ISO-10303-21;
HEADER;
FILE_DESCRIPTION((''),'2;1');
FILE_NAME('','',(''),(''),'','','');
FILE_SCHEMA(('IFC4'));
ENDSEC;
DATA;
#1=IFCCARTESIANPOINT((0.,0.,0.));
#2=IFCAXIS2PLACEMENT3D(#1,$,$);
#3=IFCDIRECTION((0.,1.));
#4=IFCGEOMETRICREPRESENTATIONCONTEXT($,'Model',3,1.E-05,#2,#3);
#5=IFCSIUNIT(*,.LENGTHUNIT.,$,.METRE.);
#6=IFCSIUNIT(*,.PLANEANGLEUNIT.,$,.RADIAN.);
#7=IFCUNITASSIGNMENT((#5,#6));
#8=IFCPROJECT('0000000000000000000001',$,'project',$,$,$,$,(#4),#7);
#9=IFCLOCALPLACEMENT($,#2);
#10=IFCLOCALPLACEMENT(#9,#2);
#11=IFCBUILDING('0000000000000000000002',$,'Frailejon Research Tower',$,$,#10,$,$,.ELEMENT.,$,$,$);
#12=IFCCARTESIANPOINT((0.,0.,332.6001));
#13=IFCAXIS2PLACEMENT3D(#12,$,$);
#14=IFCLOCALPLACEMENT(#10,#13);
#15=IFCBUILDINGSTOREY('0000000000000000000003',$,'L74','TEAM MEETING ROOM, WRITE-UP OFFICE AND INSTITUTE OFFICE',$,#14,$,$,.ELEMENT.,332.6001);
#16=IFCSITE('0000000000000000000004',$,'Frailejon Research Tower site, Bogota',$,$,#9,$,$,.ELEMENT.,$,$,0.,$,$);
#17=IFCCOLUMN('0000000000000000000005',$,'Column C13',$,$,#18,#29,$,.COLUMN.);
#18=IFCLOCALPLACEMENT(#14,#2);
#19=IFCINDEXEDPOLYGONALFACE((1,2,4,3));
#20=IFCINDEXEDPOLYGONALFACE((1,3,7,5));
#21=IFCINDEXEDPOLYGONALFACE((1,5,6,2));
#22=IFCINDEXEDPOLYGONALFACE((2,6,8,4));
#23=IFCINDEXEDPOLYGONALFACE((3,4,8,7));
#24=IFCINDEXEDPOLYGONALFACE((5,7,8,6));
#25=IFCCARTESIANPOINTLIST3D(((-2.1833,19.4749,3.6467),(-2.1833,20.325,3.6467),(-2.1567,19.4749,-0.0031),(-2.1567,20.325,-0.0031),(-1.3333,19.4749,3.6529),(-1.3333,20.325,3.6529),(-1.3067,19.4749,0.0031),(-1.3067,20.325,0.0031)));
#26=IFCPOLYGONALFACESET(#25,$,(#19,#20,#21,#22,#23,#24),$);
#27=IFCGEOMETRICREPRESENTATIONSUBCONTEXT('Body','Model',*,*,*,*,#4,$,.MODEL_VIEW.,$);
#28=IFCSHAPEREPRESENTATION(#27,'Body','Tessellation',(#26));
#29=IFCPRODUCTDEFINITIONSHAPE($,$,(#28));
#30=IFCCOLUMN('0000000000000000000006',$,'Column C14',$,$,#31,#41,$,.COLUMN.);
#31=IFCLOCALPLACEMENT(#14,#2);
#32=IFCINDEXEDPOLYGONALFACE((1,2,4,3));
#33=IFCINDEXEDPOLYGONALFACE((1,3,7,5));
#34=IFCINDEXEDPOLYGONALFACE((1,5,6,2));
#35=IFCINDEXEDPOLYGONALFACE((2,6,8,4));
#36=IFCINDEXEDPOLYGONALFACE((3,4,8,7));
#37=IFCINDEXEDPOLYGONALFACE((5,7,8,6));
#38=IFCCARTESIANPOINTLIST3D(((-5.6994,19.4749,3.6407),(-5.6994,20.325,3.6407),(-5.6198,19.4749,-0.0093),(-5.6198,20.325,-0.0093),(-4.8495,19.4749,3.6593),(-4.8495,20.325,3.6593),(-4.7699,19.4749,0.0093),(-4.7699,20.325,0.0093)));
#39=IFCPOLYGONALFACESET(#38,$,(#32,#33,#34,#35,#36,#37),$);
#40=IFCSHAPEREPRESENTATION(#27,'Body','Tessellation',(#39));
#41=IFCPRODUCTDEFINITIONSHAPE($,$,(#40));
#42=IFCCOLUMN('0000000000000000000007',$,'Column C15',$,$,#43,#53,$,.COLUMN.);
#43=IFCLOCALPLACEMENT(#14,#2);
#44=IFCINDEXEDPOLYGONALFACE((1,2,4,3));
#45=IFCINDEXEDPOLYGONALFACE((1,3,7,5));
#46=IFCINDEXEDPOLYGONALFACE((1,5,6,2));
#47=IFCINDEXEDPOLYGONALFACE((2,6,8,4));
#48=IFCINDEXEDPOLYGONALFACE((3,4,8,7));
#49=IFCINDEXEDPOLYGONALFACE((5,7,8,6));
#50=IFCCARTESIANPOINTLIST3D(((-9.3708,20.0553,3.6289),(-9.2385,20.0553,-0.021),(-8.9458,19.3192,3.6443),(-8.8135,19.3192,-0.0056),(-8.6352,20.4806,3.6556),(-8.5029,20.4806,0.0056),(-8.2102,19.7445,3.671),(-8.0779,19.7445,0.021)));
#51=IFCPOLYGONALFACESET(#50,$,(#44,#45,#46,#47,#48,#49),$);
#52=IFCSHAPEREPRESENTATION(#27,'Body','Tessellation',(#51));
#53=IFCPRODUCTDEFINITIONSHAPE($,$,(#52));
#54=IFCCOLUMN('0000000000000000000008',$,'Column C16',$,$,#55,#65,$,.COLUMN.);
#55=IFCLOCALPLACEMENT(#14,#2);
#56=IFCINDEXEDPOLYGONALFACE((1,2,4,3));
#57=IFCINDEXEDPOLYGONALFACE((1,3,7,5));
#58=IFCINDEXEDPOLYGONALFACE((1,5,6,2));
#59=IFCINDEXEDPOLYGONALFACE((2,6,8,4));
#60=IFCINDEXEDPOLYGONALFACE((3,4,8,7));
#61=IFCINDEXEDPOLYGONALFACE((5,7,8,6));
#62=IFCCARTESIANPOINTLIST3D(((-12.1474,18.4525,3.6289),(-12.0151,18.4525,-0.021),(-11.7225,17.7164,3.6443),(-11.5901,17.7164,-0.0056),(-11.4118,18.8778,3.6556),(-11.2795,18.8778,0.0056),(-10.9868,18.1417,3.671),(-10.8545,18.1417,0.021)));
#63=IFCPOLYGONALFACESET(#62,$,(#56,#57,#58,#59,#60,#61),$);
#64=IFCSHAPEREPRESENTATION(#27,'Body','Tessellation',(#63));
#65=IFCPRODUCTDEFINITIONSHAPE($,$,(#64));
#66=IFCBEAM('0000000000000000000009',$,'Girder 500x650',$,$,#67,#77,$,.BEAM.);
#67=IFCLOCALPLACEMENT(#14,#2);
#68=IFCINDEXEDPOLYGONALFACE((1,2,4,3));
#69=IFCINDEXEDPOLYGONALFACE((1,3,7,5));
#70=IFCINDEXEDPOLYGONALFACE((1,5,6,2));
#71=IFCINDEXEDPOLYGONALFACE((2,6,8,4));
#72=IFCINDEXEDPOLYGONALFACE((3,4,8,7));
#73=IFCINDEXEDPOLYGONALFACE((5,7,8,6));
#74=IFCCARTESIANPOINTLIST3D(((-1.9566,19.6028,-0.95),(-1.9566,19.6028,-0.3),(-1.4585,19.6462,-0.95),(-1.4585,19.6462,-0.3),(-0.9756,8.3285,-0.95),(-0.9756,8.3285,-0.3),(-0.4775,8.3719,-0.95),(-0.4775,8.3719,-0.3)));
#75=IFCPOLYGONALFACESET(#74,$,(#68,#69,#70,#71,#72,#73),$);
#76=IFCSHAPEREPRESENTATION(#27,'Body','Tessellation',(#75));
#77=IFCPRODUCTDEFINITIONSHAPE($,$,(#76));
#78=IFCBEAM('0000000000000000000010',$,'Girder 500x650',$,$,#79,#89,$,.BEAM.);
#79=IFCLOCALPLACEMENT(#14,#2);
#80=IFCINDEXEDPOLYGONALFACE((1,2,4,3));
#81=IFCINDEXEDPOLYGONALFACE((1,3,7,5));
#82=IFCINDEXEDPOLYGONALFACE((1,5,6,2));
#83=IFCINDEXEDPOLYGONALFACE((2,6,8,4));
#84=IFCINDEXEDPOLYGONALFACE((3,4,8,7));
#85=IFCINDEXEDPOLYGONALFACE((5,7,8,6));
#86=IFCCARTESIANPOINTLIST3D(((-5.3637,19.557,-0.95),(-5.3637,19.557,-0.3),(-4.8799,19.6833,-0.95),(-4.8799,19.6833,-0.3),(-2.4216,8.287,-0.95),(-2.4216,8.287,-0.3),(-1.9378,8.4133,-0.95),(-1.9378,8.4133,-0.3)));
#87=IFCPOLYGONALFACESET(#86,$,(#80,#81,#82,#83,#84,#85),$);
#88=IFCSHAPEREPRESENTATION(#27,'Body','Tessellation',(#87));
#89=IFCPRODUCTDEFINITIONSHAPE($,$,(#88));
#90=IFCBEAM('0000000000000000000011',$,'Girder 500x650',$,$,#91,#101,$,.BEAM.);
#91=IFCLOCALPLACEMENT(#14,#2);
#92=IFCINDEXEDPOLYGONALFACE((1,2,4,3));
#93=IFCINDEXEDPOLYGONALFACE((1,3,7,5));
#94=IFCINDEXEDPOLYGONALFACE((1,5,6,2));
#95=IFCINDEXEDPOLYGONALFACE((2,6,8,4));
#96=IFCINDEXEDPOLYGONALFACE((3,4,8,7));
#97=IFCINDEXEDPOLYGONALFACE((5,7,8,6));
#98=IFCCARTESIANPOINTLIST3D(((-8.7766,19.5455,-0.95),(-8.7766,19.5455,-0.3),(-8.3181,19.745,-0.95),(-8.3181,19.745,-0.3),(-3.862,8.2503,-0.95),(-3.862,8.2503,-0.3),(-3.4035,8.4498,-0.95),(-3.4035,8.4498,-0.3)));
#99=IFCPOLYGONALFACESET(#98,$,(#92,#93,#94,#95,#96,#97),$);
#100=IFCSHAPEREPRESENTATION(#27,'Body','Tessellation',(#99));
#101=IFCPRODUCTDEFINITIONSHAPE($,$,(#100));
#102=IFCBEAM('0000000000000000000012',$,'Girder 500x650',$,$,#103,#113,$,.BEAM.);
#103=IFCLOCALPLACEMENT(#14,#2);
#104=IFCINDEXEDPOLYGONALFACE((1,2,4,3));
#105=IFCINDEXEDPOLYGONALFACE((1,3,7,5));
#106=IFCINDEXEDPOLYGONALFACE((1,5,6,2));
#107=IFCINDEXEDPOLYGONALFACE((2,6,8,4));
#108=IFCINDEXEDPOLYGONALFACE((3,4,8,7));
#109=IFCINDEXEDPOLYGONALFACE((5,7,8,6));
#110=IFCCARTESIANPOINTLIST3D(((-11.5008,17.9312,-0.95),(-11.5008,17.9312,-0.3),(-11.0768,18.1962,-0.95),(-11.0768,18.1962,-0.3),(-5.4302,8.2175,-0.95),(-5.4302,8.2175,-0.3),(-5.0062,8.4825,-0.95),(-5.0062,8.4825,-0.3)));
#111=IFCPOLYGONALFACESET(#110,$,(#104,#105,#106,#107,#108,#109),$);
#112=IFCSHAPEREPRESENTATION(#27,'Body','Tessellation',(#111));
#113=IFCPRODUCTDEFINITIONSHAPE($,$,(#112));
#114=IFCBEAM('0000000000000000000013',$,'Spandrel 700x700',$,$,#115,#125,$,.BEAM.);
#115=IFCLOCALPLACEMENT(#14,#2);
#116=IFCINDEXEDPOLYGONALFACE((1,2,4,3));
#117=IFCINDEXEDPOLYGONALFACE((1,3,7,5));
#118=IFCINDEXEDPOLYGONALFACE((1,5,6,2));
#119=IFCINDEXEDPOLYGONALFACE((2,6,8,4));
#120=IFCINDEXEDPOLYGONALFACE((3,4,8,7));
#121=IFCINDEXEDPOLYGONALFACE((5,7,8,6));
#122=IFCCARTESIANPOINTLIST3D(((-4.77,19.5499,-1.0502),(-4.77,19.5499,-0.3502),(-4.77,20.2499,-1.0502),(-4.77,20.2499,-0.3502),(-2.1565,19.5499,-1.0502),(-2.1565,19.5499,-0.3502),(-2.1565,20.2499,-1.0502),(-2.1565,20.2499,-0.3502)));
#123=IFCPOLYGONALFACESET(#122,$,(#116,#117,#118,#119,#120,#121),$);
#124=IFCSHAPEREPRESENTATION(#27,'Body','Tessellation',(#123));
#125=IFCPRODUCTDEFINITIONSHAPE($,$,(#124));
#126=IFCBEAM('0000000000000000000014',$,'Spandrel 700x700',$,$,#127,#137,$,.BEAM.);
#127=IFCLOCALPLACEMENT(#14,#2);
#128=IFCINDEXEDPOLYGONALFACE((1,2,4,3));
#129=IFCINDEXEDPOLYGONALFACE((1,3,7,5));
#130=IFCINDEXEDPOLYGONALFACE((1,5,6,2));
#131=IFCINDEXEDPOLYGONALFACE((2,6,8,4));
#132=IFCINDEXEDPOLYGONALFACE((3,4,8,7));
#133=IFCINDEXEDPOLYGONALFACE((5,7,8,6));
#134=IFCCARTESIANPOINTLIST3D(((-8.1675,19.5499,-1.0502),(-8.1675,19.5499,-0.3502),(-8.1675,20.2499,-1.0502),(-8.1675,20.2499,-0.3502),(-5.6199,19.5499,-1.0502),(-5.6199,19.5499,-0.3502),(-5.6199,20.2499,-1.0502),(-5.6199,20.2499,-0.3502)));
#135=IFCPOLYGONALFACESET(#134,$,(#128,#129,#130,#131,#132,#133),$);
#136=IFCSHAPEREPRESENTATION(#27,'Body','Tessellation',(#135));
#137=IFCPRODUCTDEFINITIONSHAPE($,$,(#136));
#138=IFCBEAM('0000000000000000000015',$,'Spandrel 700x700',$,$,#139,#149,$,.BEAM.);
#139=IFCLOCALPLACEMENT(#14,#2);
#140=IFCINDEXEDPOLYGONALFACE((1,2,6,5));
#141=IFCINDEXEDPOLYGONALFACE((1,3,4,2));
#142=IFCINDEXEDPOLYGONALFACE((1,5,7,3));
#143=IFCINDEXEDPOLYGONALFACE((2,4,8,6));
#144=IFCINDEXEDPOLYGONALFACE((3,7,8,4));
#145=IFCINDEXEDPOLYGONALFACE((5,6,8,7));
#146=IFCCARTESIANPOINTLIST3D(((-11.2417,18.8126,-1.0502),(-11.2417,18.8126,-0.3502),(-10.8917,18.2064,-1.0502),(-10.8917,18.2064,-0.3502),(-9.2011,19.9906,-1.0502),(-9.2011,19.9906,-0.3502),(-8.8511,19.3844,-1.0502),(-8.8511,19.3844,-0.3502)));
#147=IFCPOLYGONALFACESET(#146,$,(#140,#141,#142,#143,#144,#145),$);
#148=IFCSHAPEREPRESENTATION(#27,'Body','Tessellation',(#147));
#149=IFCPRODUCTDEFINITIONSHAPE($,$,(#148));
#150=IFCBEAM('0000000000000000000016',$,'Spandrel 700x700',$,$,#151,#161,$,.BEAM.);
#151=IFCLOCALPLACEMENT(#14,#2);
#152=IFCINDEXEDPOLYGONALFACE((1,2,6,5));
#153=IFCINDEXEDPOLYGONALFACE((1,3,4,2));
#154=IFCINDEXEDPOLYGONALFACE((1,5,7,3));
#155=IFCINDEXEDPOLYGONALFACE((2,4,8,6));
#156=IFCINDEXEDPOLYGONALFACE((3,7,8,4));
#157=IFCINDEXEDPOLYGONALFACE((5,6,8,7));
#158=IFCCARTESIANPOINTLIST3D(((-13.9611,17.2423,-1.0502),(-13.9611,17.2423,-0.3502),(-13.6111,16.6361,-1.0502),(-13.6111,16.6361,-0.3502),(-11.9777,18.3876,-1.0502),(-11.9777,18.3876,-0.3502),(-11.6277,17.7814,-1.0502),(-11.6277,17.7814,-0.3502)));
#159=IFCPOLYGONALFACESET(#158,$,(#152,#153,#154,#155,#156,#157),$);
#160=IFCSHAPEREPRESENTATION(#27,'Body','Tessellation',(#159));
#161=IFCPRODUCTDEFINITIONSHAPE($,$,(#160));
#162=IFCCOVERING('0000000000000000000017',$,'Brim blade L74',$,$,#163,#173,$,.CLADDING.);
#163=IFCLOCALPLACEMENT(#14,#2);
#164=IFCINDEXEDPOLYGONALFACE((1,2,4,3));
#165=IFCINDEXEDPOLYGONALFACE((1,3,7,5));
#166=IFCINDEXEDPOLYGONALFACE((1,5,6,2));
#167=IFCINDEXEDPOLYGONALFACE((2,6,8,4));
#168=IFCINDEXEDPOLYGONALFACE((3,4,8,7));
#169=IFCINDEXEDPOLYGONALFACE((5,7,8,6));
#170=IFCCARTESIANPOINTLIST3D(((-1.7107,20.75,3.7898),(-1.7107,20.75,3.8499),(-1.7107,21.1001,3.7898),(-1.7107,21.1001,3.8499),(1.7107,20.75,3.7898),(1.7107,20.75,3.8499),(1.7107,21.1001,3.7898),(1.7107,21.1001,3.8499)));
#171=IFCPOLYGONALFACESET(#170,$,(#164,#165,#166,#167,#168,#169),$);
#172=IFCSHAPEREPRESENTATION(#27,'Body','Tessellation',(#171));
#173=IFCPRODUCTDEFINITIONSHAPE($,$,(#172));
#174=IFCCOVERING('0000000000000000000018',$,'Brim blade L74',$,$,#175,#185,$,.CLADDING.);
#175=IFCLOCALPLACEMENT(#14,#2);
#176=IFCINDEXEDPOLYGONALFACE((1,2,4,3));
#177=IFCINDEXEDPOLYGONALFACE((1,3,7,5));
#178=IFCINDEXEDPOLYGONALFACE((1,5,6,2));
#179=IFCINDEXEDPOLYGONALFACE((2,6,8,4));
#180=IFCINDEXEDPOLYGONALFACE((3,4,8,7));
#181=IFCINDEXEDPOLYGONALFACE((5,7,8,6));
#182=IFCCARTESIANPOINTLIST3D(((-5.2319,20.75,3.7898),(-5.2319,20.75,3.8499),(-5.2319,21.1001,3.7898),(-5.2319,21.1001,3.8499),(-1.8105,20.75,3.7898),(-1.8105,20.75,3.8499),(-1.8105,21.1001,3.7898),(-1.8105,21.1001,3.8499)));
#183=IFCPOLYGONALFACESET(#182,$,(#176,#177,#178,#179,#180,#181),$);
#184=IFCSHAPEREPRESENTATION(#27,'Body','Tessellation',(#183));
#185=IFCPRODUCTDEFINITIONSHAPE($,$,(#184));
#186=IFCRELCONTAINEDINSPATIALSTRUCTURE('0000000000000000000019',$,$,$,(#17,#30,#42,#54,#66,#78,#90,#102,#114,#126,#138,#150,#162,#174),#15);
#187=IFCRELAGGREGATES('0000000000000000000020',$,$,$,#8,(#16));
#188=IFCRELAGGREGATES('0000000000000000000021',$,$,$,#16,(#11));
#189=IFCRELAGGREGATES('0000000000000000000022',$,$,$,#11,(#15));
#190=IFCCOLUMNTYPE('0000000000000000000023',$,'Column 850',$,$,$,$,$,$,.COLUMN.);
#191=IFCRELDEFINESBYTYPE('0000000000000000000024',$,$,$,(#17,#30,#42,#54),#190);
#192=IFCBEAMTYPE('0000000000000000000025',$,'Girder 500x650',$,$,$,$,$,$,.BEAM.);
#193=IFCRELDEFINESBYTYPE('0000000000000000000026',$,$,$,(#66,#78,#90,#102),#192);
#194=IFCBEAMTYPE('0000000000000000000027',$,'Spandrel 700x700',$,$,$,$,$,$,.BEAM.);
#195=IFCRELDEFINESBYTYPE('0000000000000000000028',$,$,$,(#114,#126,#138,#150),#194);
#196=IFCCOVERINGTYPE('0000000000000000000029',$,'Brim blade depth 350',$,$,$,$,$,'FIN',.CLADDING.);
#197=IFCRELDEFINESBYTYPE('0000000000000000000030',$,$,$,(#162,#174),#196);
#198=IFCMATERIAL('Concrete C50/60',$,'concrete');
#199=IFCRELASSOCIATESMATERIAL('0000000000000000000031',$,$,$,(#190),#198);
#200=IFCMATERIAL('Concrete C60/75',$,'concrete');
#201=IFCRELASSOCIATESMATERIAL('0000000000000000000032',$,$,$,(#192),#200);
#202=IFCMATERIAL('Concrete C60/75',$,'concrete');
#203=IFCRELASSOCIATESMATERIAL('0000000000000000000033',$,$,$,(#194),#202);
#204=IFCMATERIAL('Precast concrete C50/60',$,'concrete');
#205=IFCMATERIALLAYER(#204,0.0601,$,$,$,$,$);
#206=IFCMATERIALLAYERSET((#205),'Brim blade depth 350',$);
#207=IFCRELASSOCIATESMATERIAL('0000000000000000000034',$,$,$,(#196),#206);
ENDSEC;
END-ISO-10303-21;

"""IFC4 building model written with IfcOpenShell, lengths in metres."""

from ifc_helpers import new_model, si_unit, direction, frame, origin, origin_2d, place, context, subcontext, project, spatial, polyline, rectangle, outline, extrude, material, layer, layer_set, material_profile, profile_set, type_object, element, save


model = new_model("IFC4")

# Units and contexts
model_context = context("Model", 3, precision=1e-05, world=origin(), true_north=direction((0.0, 1.0)))
body_context = subcontext(model_context, "Body", "Model", "MODEL_VIEW")
ifc_project = project(units=[si_unit("LENGTHUNIT", "METRE"), si_unit("PLANEANGLEUNIT", "RADIAN")], contexts=[model_context])

# Site, building, storey
site_placement = place(None, origin())
site = spatial("IfcSite", under=ifc_project, at=site_placement, Name="Frailejon Research Tower site, Bogota", CompositionType="ELEMENT", RefElevation=0.0)
building_placement = place(site_placement, origin())
building = spatial("IfcBuilding", under=site, at=building_placement, Name="Frailejon Research Tower", CompositionType="ELEMENT")
storey_placement = place(building_placement, frame((0.0, 0.0, 332.6001)))
storey = spatial("IfcBuildingStorey", under=building, at=storey_placement, Name="L74", Description="TEAM MEETING ROOM, WRITE-UP OFFICE AND INSTITUTE OFFICE", CompositionType="ELEMENT", Elevation=332.6001)

# Columns
ifc_material_1 = material(Name="Concrete C50/60", Category="concrete")
ifc_material_profile_1 = material_profile(ifc_material_1, rectangle(XDim=0.8501, YDim=0.8501, at=origin_2d()), Name="Column 850")
ifc_profile_set_1 = profile_set([ifc_material_profile_1], Name="Concrete C50/60")
column_type = type_object("IfcColumnType", Name="Column 850", PredefinedType="COLUMN", material=ifc_profile_set_1)
column_1_placement = place(storey_placement, frame((-1.7317, 19.8999, 0.0), z_axis=(-0.007291, 0.0, 0.999973), x_axis=(-0.999973, 0.0, -0.007291)))
element("IfcColumn", 1, at=column_1_placement, inside=storey, type_object=column_type, Name="Column C13", PredefinedType="COLUMN", context=body_context, shape_type="SweptSolid", body=[
    extrude(rectangle(XDim=0.8501, YDim=0.8501, at=origin_2d()), origin(), (0.0, 0.0, 1.0), 3.6499),
])
column_2_placement = place(storey_placement, frame((-5.1948, 19.8999, 0.0), z_axis=(-0.021801, 0.0, 0.999762), x_axis=(-0.999762, 0.0, -0.021801)))
element("IfcColumn", 2, at=column_2_placement, inside=storey, type_object=column_type, Name="Column C14", PredefinedType="COLUMN", context=body_context, shape_type="SweptSolid", body=[
    extrude(rectangle(XDim=0.8501, YDim=0.8501, at=origin_2d()), origin(), (0.0, 0.0, 1.0), 3.6509),
])
for number, where, z_axis, x_axis, name in (
    (3, (-8.6582, 19.8999, 0.0), (-0.03623, 0.0, 0.999343), (-0.865315, -0.500246, -0.031371), "Column C15"),
    (4, (-11.4348, 18.2971, 0.0), (-0.03623, 0.0, 0.999343), (-0.865315, -0.500246, -0.031371), "Column C16"),
):
    element("IfcColumn", number, at=place(storey_placement, frame(where, z_axis=z_axis, x_axis=x_axis)), inside=storey, type_object=column_type, Name=name, PredefinedType="COLUMN", context=body_context, shape_type="SweptSolid", body=[
        extrude(rectangle(XDim=0.8501, YDim=0.8501, at=origin_2d()), origin(), (0.0, 0.0, 1.0), 3.6523),
    ])

# Beams
ifc_material_2 = material(Name="Concrete C60/75", Category="concrete")
ifc_material_profile_2 = material_profile(ifc_material_2, rectangle(XDim=0.5, YDim=0.6499, at=origin_2d()), Name="Girder 500x650")
ifc_profile_set_2 = profile_set([ifc_material_profile_2], Name="Concrete C60/75")
beam_type_1 = type_object("IfcBeamType", Name="Girder 500x650", PredefinedType="BEAM", material=ifc_profile_set_2)
beam_1_placement = place(storey_placement, frame((-1.7075, 19.6245, -0.625), z_axis=(0.08668, -0.996236, 0.0), x_axis=(0.996236, 0.08668, 0.0)))
element("IfcBeam", 5, at=beam_1_placement, inside=storey, type_object=beam_type_1, Name="Girder 500x650", PredefinedType="BEAM", context=body_context, shape_type="SweptSolid", body=[
    extrude(rectangle(XDim=0.5, YDim=0.6499, at=origin_2d()), origin(), (0.0, 0.0, 1.0), 11.3169),
])
beam_2_placement = place(storey_placement, frame((-5.1218, 19.6201, -0.625), z_axis=(0.252593, -0.967573, 0.0), x_axis=(0.967573, 0.252593, 0.0)))
element("IfcBeam", 6, at=beam_2_placement, inside=storey, type_object=beam_type_1, Name="Girder 500x650", PredefinedType="BEAM", context=body_context, shape_type="SweptSolid", body=[
    extrude(rectangle(XDim=0.5, YDim=0.6499, at=origin_2d()), origin(), (0.0, 0.0, 1.0), 11.6477),
])
beam_3_placement = place(storey_placement, frame((-8.5474, 19.6453, -0.625), z_axis=(0.398973, -0.916963, 0.0), x_axis=(0.916963, 0.398973, 0.0)))
element("IfcBeam", 7, at=beam_3_placement, inside=storey, type_object=beam_type_1, Name="Girder 500x650", PredefinedType="BEAM", context=body_context, shape_type="SweptSolid", body=[
    extrude(rectangle(XDim=0.5, YDim=0.6499, at=origin_2d()), origin(), (0.0, 0.0, 1.0), 12.3181),
])
beam_4_placement = place(storey_placement, frame((-11.2888, 18.0637, -0.625), z_axis=(0.52997, -0.848016, 0.0), x_axis=(0.848016, 0.52997, 0.0)))
element("IfcBeam", 8, at=beam_4_placement, inside=storey, type_object=beam_type_1, Name="Girder 500x650", PredefinedType="BEAM", context=body_context, shape_type="SweptSolid", body=[
    extrude(rectangle(XDim=0.5, YDim=0.6499, at=origin_2d()), origin(), (0.0, 0.0, 1.0), 11.4546),
])
ifc_material_3 = material(Name="Concrete C60/75", Category="concrete")
ifc_material_profile_3 = material_profile(ifc_material_3, rectangle(XDim=0.7, YDim=0.7, at=origin_2d()), Name="Spandrel 700x700")
ifc_profile_set_3 = profile_set([ifc_material_profile_3], Name="Concrete C60/75")
beam_type_2 = type_object("IfcBeamType", Name="Spandrel 700x700", PredefinedType="BEAM", material=ifc_profile_set_3)
beam_5_placement = place(storey_placement, frame((-2.1565, 19.8999, -0.7002), z_axis=(-1.0, 0.0, 0.0), x_axis=(0.0, -1.0, 0.0)))
element("IfcBeam", 9, at=beam_5_placement, inside=storey, type_object=beam_type_2, Name="Spandrel 700x700", PredefinedType="BEAM", context=body_context, shape_type="SweptSolid", body=[
    extrude(rectangle(XDim=0.7, YDim=0.7, at=origin_2d()), origin(), (0.0, 0.0, 1.0), 2.6135),
])
beam_6_placement = place(storey_placement, frame((-5.6199, 19.8999, -0.7002), z_axis=(-1.0, 0.0, 0.0), x_axis=(0.0, -1.0, 0.0)))
element("IfcBeam", 10, at=beam_6_placement, inside=storey, type_object=beam_type_2, Name="Spandrel 700x700", PredefinedType="BEAM", context=body_context, shape_type="SweptSolid", body=[
    extrude(rectangle(XDim=0.7, YDim=0.7, at=origin_2d()), origin(), (0.0, 0.0, 1.0), 2.5476),
])
beam_7_placement = place(storey_placement, frame((-9.0261, 19.6875, -0.7002), z_axis=(-0.866048, -0.499962, 0.0), x_axis=(0.499962, -0.866048, 0.0)))
element("IfcBeam", 11, at=beam_7_placement, inside=storey, type_object=beam_type_2, Name="Spandrel 700x700", PredefinedType="BEAM", context=body_context, shape_type="SweptSolid", body=[
    extrude(rectangle(XDim=0.7, YDim=0.7, at=origin_2d()), origin(), (0.0, 0.0, 1.0), 2.3562),
])
beam_8_placement = place(storey_placement, frame((-11.8027, 18.0845, -0.7002), z_axis=(-0.865997, -0.500048, 0.0), x_axis=(0.500048, -0.865997, 0.0)))
element("IfcBeam", 12, at=beam_8_placement, inside=storey, type_object=beam_type_2, Name="Spandrel 700x700", PredefinedType="BEAM", context=body_context, shape_type="SweptSolid", body=[
    extrude(rectangle(XDim=0.7, YDim=0.7, at=origin_2d()), origin(), (0.0, 0.0, 1.0), 2.2903),
])

# Coverings
ifc_material_4 = material(Name="Precast concrete C50/60", Category="concrete")
ifc_layer_1 = layer(ifc_material_4, 0.0601)
ifc_layer_set_1 = layer_set([ifc_layer_1], Name="Brim blade depth 350")
covering_type_1 = type_object("IfcCoveringType", Name="Brim blade depth 350", ElementType="FIN", PredefinedType="CLADDING", material=ifc_layer_set_1)
for number, where, z_axis, x_axis, name in (
    (13, (-1.7107, 20.75, 3.8499), (1.0, 0.0, 0.0), (0.0, 1.0, 0.0), "Brim blade L74"),
    (14, (-5.2319, 20.75, 3.8499), (1.0, 0.0, 0.0), (0.0, 1.0, 0.0), "Brim blade L74"),
):
    element("IfcCovering", number, at=place(storey_placement, frame(where, z_axis=z_axis, x_axis=x_axis)), inside=storey, type_object=covering_type_1, Name=name, PredefinedType="CLADDING", context=body_context, shape_type="SweptSolid", body=[
        extrude(outline(polyline([(0.0, -0.0601), (0.3501, -0.0601), (0.3501, 0.0), (0.0, 0.0), (0.0, -0.0601)])), origin(), (0.0, 0.0, 1.0), 3.4214),
    ])

save(model, "model.ifc")
